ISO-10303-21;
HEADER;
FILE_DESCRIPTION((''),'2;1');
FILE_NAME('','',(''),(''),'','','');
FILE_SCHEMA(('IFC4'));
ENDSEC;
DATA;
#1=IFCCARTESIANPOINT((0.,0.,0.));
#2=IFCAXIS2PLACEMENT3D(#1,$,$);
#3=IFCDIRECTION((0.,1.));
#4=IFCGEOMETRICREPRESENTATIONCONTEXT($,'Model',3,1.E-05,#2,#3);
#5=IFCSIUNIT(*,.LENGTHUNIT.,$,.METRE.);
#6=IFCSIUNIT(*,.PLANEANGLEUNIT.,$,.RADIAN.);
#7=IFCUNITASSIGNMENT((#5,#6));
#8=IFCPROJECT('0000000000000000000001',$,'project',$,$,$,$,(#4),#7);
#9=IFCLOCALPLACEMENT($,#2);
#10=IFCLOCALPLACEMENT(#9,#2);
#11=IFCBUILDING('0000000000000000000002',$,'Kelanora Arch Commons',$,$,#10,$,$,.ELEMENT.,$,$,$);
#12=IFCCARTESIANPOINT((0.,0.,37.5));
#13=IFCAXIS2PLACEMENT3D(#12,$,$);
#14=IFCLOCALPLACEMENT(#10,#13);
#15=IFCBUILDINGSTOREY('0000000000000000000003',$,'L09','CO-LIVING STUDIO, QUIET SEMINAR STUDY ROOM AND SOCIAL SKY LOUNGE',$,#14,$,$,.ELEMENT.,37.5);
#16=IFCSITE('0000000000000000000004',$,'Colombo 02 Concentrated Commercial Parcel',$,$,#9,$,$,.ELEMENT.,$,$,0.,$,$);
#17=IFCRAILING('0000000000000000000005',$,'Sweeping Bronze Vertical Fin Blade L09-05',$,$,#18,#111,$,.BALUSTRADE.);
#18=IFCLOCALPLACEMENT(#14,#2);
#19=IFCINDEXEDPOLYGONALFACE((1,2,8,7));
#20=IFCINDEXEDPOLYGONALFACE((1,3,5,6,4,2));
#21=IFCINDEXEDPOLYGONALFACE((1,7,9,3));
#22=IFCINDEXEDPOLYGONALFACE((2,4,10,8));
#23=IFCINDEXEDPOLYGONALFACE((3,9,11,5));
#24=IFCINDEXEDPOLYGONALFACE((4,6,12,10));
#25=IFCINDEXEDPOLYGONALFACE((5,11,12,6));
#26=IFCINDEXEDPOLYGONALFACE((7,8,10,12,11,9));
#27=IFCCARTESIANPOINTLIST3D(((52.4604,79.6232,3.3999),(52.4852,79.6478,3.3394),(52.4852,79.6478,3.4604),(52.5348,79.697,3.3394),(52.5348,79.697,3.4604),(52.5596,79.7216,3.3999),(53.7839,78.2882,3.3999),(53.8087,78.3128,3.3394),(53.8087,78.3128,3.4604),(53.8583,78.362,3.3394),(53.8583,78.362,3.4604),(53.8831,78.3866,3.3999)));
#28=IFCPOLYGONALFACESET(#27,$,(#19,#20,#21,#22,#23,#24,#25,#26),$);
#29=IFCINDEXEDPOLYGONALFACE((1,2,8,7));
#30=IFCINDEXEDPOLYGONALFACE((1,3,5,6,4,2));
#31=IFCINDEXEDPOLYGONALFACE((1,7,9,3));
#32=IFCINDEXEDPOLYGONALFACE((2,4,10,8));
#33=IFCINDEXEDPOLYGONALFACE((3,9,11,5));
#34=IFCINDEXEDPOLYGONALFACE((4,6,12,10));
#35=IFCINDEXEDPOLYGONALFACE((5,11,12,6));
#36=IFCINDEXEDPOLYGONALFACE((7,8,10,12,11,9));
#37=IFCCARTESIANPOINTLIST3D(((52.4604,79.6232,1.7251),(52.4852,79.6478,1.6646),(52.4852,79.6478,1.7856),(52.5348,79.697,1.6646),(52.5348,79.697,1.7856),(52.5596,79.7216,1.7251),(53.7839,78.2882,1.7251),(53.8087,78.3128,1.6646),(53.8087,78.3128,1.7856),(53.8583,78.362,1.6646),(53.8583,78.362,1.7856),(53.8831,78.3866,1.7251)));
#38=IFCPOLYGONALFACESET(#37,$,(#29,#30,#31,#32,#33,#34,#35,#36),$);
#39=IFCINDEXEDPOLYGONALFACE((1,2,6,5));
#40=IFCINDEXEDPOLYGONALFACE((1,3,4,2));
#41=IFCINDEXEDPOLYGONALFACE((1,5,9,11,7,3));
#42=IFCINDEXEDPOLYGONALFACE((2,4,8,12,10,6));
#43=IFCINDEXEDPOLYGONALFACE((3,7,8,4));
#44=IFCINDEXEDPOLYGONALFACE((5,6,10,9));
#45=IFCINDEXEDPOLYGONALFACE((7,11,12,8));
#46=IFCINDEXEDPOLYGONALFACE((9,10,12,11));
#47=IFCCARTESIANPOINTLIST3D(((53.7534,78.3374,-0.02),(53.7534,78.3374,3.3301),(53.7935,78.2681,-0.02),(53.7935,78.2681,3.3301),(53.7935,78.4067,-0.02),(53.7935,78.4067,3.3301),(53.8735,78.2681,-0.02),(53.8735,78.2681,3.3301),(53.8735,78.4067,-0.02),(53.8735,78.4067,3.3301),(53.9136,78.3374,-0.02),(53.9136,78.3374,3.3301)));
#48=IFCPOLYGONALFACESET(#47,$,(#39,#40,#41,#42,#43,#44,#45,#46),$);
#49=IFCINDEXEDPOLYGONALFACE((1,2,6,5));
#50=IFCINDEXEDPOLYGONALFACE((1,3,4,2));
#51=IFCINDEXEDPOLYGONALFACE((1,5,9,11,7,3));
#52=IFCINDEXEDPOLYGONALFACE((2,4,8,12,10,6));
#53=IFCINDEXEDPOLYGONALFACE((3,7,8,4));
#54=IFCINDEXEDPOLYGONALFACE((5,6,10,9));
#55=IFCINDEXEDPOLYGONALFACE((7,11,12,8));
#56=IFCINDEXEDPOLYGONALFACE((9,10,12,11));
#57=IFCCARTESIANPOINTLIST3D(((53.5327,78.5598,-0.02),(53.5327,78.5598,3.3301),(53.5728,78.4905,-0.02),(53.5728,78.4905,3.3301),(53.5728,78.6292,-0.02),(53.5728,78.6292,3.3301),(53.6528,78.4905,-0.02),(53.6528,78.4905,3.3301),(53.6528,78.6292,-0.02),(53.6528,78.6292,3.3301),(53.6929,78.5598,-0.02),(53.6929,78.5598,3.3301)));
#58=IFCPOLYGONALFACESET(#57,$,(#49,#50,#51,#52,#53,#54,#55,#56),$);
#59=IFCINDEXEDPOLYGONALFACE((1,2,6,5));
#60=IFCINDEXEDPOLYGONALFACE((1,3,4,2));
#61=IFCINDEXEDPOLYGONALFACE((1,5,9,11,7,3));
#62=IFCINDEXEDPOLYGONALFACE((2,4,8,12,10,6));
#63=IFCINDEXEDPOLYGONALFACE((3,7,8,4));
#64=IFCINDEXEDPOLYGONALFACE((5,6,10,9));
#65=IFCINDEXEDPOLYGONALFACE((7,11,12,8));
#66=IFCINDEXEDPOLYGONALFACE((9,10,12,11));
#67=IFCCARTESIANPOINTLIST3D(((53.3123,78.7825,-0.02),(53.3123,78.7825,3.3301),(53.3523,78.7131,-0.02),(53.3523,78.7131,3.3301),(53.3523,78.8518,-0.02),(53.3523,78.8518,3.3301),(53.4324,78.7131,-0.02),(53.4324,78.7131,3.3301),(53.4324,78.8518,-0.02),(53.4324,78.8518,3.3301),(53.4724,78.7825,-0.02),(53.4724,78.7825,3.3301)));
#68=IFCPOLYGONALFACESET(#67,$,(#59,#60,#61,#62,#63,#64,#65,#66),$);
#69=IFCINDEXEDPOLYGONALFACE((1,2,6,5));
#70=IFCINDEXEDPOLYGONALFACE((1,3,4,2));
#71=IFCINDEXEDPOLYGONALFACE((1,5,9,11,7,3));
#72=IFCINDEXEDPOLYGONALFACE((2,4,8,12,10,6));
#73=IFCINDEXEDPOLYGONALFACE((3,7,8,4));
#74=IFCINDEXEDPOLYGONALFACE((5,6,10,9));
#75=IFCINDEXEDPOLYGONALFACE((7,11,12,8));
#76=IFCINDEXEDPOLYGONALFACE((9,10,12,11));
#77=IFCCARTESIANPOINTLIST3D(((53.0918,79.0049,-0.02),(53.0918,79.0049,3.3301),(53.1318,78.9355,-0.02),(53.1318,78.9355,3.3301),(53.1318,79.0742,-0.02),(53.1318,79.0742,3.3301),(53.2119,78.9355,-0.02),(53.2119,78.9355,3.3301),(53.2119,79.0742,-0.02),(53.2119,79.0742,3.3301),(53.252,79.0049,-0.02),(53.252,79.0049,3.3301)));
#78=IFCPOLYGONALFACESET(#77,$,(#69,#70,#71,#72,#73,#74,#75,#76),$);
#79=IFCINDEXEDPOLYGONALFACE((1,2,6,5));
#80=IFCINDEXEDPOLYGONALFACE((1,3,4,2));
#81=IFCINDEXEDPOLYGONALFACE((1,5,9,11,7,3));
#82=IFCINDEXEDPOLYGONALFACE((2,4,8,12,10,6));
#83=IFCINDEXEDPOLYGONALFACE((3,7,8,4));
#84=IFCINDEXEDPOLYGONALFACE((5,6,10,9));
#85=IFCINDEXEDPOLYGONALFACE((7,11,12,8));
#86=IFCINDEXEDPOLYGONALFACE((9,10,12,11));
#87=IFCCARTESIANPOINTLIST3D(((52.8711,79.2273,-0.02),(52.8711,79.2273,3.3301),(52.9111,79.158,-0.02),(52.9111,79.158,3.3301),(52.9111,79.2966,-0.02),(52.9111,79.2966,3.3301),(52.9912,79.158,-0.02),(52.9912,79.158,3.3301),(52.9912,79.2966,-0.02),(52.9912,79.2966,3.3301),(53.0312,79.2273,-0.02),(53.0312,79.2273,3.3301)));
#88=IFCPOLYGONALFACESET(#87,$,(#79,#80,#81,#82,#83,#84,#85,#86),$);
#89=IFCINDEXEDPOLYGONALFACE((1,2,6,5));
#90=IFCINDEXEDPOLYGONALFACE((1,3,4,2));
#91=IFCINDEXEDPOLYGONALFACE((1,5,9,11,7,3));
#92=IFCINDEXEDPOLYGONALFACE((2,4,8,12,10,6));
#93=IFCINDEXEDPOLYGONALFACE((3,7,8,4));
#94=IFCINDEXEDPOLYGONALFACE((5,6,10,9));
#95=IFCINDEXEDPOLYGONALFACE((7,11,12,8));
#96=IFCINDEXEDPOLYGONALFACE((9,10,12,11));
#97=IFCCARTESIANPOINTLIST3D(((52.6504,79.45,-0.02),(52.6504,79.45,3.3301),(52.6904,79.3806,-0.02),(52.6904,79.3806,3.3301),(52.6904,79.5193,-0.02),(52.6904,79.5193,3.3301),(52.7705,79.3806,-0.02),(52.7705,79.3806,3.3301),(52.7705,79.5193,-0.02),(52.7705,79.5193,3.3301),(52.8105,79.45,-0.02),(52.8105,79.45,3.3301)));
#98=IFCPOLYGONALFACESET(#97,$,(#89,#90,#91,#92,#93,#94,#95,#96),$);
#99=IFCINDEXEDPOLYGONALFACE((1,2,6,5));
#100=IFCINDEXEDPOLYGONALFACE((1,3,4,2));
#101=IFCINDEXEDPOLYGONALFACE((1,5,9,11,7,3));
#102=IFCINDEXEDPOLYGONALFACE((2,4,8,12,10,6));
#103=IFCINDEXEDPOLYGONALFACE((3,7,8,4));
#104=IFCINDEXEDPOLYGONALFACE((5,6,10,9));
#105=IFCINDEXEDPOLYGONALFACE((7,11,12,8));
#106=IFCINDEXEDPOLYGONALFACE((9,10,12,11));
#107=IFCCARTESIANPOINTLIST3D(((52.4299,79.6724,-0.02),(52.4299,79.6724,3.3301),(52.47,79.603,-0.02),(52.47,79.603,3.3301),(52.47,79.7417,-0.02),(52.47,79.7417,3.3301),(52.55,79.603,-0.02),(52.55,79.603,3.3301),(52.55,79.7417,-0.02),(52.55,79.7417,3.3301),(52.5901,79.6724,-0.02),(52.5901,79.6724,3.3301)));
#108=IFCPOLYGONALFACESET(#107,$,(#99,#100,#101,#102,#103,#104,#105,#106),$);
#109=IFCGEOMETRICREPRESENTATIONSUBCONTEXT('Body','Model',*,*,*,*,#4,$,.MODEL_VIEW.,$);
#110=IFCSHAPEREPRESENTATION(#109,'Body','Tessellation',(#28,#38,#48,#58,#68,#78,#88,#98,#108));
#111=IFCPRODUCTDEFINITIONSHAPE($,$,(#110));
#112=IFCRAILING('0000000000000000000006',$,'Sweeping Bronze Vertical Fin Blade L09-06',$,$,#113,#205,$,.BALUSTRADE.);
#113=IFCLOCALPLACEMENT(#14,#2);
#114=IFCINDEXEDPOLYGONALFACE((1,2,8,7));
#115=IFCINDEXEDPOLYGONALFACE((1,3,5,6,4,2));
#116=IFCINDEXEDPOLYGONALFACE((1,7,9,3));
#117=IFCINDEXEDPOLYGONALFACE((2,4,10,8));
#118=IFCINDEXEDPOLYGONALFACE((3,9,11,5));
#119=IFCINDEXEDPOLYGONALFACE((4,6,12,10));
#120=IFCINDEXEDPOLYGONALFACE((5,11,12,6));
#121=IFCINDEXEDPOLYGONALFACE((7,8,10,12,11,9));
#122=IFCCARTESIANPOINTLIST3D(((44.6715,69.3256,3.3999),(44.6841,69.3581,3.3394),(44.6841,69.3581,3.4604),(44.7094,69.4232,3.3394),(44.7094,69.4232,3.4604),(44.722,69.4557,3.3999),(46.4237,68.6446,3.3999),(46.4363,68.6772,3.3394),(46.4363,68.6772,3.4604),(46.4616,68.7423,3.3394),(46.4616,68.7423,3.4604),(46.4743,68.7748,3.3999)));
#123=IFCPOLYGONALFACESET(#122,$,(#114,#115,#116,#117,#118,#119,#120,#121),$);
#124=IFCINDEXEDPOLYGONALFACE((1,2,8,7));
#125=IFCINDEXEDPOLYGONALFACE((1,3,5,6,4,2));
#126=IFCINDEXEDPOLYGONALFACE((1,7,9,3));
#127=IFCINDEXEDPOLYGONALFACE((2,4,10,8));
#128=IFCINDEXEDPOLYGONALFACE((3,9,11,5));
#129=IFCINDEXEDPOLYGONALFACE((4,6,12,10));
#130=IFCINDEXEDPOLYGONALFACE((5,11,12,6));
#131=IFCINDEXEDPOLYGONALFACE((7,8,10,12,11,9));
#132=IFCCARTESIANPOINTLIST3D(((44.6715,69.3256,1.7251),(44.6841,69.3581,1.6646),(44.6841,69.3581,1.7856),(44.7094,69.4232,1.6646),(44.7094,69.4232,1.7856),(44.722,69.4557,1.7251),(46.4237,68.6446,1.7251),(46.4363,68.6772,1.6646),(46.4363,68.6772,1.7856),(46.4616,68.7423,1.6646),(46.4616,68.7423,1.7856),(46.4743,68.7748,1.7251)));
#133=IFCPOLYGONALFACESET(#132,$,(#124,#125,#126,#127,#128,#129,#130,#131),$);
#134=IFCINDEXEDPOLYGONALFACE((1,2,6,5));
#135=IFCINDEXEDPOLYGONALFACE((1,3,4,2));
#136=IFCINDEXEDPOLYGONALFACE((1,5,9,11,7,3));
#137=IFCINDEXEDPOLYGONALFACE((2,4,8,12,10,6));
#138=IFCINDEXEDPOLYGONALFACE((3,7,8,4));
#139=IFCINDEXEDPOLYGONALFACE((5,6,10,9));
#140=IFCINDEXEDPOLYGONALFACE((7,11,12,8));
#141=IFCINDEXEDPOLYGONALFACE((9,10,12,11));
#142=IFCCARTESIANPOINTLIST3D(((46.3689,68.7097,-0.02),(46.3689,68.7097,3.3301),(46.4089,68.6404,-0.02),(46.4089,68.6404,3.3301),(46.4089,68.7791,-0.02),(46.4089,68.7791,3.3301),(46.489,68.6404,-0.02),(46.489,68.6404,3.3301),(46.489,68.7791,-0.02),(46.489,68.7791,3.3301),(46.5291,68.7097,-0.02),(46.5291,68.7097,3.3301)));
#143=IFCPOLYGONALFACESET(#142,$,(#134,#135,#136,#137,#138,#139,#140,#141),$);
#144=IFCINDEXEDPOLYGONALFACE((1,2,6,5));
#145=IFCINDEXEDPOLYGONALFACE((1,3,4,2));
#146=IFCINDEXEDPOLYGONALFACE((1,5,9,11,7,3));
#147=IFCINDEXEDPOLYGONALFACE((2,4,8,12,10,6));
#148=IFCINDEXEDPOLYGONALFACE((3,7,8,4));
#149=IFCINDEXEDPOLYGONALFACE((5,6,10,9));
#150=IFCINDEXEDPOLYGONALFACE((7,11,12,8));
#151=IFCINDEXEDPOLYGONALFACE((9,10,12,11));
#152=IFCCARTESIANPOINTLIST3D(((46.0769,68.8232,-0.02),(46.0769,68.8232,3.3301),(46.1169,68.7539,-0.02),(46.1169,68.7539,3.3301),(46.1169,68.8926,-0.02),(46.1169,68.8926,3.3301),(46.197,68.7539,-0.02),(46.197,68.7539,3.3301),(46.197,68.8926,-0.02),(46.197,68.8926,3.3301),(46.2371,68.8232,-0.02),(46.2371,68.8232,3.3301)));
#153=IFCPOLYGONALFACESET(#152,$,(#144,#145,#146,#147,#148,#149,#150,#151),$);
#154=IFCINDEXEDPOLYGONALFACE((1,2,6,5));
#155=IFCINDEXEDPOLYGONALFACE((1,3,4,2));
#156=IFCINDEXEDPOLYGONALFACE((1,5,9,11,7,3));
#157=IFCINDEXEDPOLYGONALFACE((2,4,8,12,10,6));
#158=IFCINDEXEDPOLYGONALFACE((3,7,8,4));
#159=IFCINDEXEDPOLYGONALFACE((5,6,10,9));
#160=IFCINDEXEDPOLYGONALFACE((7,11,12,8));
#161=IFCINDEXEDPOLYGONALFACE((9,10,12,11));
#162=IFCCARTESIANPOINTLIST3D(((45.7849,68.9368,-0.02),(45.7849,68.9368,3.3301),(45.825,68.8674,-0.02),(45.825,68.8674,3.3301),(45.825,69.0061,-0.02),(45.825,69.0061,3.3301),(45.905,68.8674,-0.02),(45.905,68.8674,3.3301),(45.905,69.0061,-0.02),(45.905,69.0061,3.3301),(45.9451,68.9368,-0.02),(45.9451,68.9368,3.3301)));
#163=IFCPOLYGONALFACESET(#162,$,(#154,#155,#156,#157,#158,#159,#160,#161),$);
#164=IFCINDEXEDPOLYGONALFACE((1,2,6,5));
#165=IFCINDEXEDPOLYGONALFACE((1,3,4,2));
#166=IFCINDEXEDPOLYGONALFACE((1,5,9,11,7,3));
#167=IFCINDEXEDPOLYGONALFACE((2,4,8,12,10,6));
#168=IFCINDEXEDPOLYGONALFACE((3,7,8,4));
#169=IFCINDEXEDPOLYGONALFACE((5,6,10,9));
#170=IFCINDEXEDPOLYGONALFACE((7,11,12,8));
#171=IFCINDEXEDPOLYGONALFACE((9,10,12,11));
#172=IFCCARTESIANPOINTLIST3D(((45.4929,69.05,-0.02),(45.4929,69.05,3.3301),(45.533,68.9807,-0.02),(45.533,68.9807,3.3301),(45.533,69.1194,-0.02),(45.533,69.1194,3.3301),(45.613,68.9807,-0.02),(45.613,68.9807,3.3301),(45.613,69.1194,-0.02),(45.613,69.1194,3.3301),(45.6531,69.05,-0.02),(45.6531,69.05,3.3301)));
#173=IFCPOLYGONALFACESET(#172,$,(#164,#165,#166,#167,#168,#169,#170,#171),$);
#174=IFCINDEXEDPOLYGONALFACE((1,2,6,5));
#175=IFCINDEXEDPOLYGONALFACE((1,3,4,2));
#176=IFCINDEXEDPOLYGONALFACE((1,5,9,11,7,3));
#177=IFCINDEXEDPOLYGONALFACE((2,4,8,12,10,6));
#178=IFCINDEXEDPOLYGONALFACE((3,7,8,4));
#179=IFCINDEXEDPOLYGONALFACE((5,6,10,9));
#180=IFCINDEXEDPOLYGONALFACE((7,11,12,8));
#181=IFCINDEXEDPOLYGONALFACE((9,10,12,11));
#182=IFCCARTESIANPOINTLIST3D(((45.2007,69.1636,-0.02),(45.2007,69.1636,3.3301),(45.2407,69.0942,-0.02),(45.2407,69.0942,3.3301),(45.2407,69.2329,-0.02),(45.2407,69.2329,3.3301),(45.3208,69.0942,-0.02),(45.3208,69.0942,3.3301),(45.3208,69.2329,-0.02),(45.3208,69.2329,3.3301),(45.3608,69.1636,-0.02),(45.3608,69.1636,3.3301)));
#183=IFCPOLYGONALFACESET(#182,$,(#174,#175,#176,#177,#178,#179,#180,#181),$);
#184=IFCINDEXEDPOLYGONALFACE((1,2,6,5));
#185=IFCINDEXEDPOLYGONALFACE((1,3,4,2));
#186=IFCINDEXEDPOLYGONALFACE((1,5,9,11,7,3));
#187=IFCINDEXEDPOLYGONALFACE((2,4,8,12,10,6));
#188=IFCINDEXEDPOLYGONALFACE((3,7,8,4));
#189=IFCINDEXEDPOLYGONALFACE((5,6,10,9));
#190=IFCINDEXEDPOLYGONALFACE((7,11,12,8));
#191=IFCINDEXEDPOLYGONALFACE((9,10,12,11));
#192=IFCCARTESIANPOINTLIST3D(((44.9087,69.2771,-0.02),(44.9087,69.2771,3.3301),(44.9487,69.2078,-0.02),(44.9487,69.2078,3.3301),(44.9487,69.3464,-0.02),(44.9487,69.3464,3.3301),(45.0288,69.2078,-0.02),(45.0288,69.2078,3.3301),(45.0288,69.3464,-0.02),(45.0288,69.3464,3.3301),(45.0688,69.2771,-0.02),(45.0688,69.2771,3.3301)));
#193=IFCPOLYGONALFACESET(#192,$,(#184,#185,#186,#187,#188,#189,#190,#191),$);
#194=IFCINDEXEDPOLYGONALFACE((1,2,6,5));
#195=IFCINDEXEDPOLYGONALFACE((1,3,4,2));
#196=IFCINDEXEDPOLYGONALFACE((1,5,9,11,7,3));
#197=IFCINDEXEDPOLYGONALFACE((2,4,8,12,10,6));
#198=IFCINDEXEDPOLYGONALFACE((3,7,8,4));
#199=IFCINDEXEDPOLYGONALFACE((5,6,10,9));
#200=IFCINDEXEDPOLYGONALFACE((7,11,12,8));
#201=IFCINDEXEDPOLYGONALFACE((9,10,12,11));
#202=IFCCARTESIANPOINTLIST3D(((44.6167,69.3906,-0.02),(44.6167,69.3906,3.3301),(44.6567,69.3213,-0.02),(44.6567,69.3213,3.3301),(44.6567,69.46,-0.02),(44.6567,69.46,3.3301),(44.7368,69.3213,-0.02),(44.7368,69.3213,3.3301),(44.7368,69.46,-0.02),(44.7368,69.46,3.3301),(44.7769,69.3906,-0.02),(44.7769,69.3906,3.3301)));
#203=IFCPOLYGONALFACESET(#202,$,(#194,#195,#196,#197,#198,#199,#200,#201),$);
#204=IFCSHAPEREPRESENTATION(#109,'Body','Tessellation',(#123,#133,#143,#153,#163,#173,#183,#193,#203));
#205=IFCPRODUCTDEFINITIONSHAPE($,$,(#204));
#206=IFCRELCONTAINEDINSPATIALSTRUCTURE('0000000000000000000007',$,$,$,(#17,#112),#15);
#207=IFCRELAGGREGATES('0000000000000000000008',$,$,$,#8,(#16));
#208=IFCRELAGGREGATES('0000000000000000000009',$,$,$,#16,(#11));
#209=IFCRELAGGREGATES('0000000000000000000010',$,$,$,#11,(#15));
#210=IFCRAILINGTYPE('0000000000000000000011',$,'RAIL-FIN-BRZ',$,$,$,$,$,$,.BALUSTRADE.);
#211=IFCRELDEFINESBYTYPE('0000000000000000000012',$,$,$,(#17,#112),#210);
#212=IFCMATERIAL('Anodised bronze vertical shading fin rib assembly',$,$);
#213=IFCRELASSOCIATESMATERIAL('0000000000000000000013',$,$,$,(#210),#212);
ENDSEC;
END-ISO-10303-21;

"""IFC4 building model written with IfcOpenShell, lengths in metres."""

from ifc_helpers import new_model, si_unit, direction, frame, origin, place, context, subcontext, project, spatial, polyline, outline, extrude, material, type_object, element, save


model = new_model("IFC4")

# Units and contexts
model_context = context("Model", 3, precision=1e-05, world=origin(), true_north=direction((0.0, 1.0)))
body_context = subcontext(model_context, "Body", "Model", "MODEL_VIEW")
ifc_project = project(units=[si_unit("LENGTHUNIT", "METRE"), si_unit("PLANEANGLEUNIT", "RADIAN")], contexts=[model_context])

# Site, building, storey
site_placement = place(None, origin())
site = spatial("IfcSite", under=ifc_project, at=site_placement, Name="Colombo 02 Concentrated Commercial Parcel", CompositionType="ELEMENT", RefElevation=0.0)
building_placement = place(site_placement, origin())
building = spatial("IfcBuilding", under=site, at=building_placement, Name="Kelanora Arch Commons", CompositionType="ELEMENT")
storey_placement = place(building_placement, frame((0.0, 0.0, 37.5)))
storey = spatial("IfcBuildingStorey", under=building, at=storey_placement, Name="L09", Description="CO-LIVING STUDIO, QUIET SEMINAR STUDY ROOM AND SOCIAL SKY LOUNGE", CompositionType="ELEMENT", Elevation=37.5)

# Railings
ifc_material_1 = material(Name="Anodised bronze vertical shading fin rib assembly")
railing_type = type_object("IfcRailingType", Name="RAIL-FIN-BRZ", PredefinedType="BALUSTRADE", material=ifc_material_1)
railing_1_placement = place(storey_placement, frame((53.8335, 78.3374, -0.02)))
element("IfcRailing", 1, at=railing_1_placement, inside=storey, type_object=railing_type, Name="Sweeping Bronze Vertical Fin Blade L09-05", PredefinedType="BALUSTRADE", context=body_context, shape_type="SweptSolid", body=[
    extrude(outline(polyline([(0.0698, 0.0), (0.0349, 0.0605), (-0.0349, 0.0605), (-0.0698, 0.0), (-0.0349, -0.0605), (0.0349, -0.0605), (0.0698, 0.0)])), frame((0.0, 0.0, 3.4199), z_axis=(-0.704048, 0.710152, 0.0), x_axis=(-0.710152, -0.704048, 0.0)), (0.0, 0.0, 1.0), 1.8799),
    extrude(outline(polyline([(0.0698, 0.0), (0.0349, 0.0605), (-0.0349, 0.0605), (-0.0698, 0.0), (-0.0349, -0.0605), (0.0349, -0.0605), (0.0698, 0.0)])), frame((0.0, 0.0, 1.7451), z_axis=(-0.704048, 0.710152, 0.0), x_axis=(-0.710152, -0.704048, 0.0)), (0.0, 0.0, 1.0), 1.8799),
    extrude(outline(polyline([(0.0801, 0.0), (0.04, 0.0693), (-0.04, 0.0693), (-0.0801, 0.0), (-0.04, -0.0693), (0.04, -0.0693), (0.0801, 0.0)])), origin(), (0.0, 0.0, 1.0), 3.3501),
    extrude(outline(polyline([(0.0801, 0.0), (0.04, 0.0693), (-0.04, 0.0693), (-0.0801, 0.0), (-0.04, -0.0693), (0.04, -0.0693), (0.0801, 0.0)])), frame((-0.2207, 0.2224, 0.0)), (0.0, 0.0, 1.0), 3.3501),
    extrude(outline(polyline([(0.0801, 0.0), (0.04, 0.0693), (-0.04, 0.0693), (-0.0801, 0.0), (-0.04, -0.0693), (0.04, -0.0693), (0.0801, 0.0)])), frame((-0.4412, 0.4451, 0.0)), (0.0, 0.0, 1.0), 3.3501),
    extrude(outline(polyline([(0.0801, 0.0), (0.04, 0.0693), (-0.04, 0.0693), (-0.0801, 0.0), (-0.04, -0.0693), (0.04, -0.0693), (0.0801, 0.0)])), frame((-0.6616, 0.6675, 0.0)), (0.0, 0.0, 1.0), 3.3501),
    extrude(outline(polyline([(0.0801, 0.0), (0.04, 0.0693), (-0.04, 0.0693), (-0.0801, 0.0), (-0.04, -0.0693), (0.04, -0.0693), (0.0801, 0.0)])), frame((-0.8823, 0.8899, 0.0)), (0.0, 0.0, 1.0), 3.3501),
    extrude(outline(polyline([(0.0801, 0.0), (0.04, 0.0693), (-0.04, 0.0693), (-0.0801, 0.0), (-0.04, -0.0693), (0.04, -0.0693), (0.0801, 0.0)])), frame((-1.103, 1.1125, 0.0)), (0.0, 0.0, 1.0), 3.3501),
    extrude(outline(polyline([(0.0801, 0.0), (0.04, 0.0693), (-0.04, 0.0693), (-0.0801, 0.0), (-0.04, -0.0693), (0.04, -0.0693), (0.0801, 0.0)])), frame((-1.3235, 1.335, 0.0)), (0.0, 0.0, 1.0), 3.3501),
])
railing_2_placement = place(storey_placement, frame((46.449, 68.7097, -0.02)))
element("IfcRailing", 2, at=railing_2_placement, inside=storey, type_object=railing_type, Name="Sweeping Bronze Vertical Fin Blade L09-06", PredefinedType="BALUSTRADE", context=body_context, shape_type="SweptSolid", body=[
    extrude(outline(polyline([(0.0698, 0.0), (0.0349, 0.0605), (-0.0349, 0.0605), (-0.0698, 0.0), (-0.0349, -0.0605), (0.0349, -0.0605), (0.0698, 0.0)])), frame((0.0, 0.0, 3.4199), z_axis=(-0.932095, 0.362214, 0.0), x_axis=(-0.362214, -0.932095, 0.0)), (0.0, 0.0, 1.0), 1.8799),
    extrude(outline(polyline([(0.0698, 0.0), (0.0349, 0.0605), (-0.0349, 0.0605), (-0.0698, 0.0), (-0.0349, -0.0605), (0.0349, -0.0605), (0.0698, 0.0)])), frame((0.0, 0.0, 1.7451), z_axis=(-0.932095, 0.362214, 0.0), x_axis=(-0.362214, -0.932095, 0.0)), (0.0, 0.0, 1.0), 1.8799),
    extrude(outline(polyline([(0.0801, 0.0), (0.04, 0.0693), (-0.04, 0.0693), (-0.0801, 0.0), (-0.04, -0.0693), (0.04, -0.0693), (0.0801, 0.0)])), origin(), (0.0, 0.0, 1.0), 3.3501),
    extrude(outline(polyline([(0.0801, 0.0), (0.04, 0.0693), (-0.04, 0.0693), (-0.0801, 0.0), (-0.04, -0.0693), (0.04, -0.0693), (0.0801, 0.0)])), frame((-0.292, 0.1135, 0.0)), (0.0, 0.0, 1.0), 3.3501),
    extrude(outline(polyline([(0.0801, 0.0), (0.04, 0.0693), (-0.04, 0.0693), (-0.0801, 0.0), (-0.04, -0.0693), (0.04, -0.0693), (0.0801, 0.0)])), frame((-0.584, 0.2271, 0.0)), (0.0, 0.0, 1.0), 3.3501),
    extrude(outline(polyline([(0.0801, 0.0), (0.04, 0.0693), (-0.04, 0.0693), (-0.0801, 0.0), (-0.04, -0.0693), (0.04, -0.0693), (0.0801, 0.0)])), frame((-0.876, 0.3403, 0.0)), (0.0, 0.0, 1.0), 3.3501),
    extrude(outline(polyline([(0.0801, 0.0), (0.04, 0.0693), (-0.04, 0.0693), (-0.0801, 0.0), (-0.04, -0.0693), (0.04, -0.0693), (0.0801, 0.0)])), frame((-1.1682, 0.4539, 0.0)), (0.0, 0.0, 1.0), 3.3501),
    extrude(outline(polyline([(0.0801, 0.0), (0.04, 0.0693), (-0.04, 0.0693), (-0.0801, 0.0), (-0.04, -0.0693), (0.04, -0.0693), (0.0801, 0.0)])), frame((-1.4602, 0.5674, 0.0)), (0.0, 0.0, 1.0), 3.3501),
    extrude(outline(polyline([(0.0801, 0.0), (0.04, 0.0693), (-0.04, 0.0693), (-0.0801, 0.0), (-0.04, -0.0693), (0.04, -0.0693), (0.0801, 0.0)])), frame((-1.7522, 0.6809, 0.0)), (0.0, 0.0, 1.0), 3.3501),
])

save(model, "model.ifc")
